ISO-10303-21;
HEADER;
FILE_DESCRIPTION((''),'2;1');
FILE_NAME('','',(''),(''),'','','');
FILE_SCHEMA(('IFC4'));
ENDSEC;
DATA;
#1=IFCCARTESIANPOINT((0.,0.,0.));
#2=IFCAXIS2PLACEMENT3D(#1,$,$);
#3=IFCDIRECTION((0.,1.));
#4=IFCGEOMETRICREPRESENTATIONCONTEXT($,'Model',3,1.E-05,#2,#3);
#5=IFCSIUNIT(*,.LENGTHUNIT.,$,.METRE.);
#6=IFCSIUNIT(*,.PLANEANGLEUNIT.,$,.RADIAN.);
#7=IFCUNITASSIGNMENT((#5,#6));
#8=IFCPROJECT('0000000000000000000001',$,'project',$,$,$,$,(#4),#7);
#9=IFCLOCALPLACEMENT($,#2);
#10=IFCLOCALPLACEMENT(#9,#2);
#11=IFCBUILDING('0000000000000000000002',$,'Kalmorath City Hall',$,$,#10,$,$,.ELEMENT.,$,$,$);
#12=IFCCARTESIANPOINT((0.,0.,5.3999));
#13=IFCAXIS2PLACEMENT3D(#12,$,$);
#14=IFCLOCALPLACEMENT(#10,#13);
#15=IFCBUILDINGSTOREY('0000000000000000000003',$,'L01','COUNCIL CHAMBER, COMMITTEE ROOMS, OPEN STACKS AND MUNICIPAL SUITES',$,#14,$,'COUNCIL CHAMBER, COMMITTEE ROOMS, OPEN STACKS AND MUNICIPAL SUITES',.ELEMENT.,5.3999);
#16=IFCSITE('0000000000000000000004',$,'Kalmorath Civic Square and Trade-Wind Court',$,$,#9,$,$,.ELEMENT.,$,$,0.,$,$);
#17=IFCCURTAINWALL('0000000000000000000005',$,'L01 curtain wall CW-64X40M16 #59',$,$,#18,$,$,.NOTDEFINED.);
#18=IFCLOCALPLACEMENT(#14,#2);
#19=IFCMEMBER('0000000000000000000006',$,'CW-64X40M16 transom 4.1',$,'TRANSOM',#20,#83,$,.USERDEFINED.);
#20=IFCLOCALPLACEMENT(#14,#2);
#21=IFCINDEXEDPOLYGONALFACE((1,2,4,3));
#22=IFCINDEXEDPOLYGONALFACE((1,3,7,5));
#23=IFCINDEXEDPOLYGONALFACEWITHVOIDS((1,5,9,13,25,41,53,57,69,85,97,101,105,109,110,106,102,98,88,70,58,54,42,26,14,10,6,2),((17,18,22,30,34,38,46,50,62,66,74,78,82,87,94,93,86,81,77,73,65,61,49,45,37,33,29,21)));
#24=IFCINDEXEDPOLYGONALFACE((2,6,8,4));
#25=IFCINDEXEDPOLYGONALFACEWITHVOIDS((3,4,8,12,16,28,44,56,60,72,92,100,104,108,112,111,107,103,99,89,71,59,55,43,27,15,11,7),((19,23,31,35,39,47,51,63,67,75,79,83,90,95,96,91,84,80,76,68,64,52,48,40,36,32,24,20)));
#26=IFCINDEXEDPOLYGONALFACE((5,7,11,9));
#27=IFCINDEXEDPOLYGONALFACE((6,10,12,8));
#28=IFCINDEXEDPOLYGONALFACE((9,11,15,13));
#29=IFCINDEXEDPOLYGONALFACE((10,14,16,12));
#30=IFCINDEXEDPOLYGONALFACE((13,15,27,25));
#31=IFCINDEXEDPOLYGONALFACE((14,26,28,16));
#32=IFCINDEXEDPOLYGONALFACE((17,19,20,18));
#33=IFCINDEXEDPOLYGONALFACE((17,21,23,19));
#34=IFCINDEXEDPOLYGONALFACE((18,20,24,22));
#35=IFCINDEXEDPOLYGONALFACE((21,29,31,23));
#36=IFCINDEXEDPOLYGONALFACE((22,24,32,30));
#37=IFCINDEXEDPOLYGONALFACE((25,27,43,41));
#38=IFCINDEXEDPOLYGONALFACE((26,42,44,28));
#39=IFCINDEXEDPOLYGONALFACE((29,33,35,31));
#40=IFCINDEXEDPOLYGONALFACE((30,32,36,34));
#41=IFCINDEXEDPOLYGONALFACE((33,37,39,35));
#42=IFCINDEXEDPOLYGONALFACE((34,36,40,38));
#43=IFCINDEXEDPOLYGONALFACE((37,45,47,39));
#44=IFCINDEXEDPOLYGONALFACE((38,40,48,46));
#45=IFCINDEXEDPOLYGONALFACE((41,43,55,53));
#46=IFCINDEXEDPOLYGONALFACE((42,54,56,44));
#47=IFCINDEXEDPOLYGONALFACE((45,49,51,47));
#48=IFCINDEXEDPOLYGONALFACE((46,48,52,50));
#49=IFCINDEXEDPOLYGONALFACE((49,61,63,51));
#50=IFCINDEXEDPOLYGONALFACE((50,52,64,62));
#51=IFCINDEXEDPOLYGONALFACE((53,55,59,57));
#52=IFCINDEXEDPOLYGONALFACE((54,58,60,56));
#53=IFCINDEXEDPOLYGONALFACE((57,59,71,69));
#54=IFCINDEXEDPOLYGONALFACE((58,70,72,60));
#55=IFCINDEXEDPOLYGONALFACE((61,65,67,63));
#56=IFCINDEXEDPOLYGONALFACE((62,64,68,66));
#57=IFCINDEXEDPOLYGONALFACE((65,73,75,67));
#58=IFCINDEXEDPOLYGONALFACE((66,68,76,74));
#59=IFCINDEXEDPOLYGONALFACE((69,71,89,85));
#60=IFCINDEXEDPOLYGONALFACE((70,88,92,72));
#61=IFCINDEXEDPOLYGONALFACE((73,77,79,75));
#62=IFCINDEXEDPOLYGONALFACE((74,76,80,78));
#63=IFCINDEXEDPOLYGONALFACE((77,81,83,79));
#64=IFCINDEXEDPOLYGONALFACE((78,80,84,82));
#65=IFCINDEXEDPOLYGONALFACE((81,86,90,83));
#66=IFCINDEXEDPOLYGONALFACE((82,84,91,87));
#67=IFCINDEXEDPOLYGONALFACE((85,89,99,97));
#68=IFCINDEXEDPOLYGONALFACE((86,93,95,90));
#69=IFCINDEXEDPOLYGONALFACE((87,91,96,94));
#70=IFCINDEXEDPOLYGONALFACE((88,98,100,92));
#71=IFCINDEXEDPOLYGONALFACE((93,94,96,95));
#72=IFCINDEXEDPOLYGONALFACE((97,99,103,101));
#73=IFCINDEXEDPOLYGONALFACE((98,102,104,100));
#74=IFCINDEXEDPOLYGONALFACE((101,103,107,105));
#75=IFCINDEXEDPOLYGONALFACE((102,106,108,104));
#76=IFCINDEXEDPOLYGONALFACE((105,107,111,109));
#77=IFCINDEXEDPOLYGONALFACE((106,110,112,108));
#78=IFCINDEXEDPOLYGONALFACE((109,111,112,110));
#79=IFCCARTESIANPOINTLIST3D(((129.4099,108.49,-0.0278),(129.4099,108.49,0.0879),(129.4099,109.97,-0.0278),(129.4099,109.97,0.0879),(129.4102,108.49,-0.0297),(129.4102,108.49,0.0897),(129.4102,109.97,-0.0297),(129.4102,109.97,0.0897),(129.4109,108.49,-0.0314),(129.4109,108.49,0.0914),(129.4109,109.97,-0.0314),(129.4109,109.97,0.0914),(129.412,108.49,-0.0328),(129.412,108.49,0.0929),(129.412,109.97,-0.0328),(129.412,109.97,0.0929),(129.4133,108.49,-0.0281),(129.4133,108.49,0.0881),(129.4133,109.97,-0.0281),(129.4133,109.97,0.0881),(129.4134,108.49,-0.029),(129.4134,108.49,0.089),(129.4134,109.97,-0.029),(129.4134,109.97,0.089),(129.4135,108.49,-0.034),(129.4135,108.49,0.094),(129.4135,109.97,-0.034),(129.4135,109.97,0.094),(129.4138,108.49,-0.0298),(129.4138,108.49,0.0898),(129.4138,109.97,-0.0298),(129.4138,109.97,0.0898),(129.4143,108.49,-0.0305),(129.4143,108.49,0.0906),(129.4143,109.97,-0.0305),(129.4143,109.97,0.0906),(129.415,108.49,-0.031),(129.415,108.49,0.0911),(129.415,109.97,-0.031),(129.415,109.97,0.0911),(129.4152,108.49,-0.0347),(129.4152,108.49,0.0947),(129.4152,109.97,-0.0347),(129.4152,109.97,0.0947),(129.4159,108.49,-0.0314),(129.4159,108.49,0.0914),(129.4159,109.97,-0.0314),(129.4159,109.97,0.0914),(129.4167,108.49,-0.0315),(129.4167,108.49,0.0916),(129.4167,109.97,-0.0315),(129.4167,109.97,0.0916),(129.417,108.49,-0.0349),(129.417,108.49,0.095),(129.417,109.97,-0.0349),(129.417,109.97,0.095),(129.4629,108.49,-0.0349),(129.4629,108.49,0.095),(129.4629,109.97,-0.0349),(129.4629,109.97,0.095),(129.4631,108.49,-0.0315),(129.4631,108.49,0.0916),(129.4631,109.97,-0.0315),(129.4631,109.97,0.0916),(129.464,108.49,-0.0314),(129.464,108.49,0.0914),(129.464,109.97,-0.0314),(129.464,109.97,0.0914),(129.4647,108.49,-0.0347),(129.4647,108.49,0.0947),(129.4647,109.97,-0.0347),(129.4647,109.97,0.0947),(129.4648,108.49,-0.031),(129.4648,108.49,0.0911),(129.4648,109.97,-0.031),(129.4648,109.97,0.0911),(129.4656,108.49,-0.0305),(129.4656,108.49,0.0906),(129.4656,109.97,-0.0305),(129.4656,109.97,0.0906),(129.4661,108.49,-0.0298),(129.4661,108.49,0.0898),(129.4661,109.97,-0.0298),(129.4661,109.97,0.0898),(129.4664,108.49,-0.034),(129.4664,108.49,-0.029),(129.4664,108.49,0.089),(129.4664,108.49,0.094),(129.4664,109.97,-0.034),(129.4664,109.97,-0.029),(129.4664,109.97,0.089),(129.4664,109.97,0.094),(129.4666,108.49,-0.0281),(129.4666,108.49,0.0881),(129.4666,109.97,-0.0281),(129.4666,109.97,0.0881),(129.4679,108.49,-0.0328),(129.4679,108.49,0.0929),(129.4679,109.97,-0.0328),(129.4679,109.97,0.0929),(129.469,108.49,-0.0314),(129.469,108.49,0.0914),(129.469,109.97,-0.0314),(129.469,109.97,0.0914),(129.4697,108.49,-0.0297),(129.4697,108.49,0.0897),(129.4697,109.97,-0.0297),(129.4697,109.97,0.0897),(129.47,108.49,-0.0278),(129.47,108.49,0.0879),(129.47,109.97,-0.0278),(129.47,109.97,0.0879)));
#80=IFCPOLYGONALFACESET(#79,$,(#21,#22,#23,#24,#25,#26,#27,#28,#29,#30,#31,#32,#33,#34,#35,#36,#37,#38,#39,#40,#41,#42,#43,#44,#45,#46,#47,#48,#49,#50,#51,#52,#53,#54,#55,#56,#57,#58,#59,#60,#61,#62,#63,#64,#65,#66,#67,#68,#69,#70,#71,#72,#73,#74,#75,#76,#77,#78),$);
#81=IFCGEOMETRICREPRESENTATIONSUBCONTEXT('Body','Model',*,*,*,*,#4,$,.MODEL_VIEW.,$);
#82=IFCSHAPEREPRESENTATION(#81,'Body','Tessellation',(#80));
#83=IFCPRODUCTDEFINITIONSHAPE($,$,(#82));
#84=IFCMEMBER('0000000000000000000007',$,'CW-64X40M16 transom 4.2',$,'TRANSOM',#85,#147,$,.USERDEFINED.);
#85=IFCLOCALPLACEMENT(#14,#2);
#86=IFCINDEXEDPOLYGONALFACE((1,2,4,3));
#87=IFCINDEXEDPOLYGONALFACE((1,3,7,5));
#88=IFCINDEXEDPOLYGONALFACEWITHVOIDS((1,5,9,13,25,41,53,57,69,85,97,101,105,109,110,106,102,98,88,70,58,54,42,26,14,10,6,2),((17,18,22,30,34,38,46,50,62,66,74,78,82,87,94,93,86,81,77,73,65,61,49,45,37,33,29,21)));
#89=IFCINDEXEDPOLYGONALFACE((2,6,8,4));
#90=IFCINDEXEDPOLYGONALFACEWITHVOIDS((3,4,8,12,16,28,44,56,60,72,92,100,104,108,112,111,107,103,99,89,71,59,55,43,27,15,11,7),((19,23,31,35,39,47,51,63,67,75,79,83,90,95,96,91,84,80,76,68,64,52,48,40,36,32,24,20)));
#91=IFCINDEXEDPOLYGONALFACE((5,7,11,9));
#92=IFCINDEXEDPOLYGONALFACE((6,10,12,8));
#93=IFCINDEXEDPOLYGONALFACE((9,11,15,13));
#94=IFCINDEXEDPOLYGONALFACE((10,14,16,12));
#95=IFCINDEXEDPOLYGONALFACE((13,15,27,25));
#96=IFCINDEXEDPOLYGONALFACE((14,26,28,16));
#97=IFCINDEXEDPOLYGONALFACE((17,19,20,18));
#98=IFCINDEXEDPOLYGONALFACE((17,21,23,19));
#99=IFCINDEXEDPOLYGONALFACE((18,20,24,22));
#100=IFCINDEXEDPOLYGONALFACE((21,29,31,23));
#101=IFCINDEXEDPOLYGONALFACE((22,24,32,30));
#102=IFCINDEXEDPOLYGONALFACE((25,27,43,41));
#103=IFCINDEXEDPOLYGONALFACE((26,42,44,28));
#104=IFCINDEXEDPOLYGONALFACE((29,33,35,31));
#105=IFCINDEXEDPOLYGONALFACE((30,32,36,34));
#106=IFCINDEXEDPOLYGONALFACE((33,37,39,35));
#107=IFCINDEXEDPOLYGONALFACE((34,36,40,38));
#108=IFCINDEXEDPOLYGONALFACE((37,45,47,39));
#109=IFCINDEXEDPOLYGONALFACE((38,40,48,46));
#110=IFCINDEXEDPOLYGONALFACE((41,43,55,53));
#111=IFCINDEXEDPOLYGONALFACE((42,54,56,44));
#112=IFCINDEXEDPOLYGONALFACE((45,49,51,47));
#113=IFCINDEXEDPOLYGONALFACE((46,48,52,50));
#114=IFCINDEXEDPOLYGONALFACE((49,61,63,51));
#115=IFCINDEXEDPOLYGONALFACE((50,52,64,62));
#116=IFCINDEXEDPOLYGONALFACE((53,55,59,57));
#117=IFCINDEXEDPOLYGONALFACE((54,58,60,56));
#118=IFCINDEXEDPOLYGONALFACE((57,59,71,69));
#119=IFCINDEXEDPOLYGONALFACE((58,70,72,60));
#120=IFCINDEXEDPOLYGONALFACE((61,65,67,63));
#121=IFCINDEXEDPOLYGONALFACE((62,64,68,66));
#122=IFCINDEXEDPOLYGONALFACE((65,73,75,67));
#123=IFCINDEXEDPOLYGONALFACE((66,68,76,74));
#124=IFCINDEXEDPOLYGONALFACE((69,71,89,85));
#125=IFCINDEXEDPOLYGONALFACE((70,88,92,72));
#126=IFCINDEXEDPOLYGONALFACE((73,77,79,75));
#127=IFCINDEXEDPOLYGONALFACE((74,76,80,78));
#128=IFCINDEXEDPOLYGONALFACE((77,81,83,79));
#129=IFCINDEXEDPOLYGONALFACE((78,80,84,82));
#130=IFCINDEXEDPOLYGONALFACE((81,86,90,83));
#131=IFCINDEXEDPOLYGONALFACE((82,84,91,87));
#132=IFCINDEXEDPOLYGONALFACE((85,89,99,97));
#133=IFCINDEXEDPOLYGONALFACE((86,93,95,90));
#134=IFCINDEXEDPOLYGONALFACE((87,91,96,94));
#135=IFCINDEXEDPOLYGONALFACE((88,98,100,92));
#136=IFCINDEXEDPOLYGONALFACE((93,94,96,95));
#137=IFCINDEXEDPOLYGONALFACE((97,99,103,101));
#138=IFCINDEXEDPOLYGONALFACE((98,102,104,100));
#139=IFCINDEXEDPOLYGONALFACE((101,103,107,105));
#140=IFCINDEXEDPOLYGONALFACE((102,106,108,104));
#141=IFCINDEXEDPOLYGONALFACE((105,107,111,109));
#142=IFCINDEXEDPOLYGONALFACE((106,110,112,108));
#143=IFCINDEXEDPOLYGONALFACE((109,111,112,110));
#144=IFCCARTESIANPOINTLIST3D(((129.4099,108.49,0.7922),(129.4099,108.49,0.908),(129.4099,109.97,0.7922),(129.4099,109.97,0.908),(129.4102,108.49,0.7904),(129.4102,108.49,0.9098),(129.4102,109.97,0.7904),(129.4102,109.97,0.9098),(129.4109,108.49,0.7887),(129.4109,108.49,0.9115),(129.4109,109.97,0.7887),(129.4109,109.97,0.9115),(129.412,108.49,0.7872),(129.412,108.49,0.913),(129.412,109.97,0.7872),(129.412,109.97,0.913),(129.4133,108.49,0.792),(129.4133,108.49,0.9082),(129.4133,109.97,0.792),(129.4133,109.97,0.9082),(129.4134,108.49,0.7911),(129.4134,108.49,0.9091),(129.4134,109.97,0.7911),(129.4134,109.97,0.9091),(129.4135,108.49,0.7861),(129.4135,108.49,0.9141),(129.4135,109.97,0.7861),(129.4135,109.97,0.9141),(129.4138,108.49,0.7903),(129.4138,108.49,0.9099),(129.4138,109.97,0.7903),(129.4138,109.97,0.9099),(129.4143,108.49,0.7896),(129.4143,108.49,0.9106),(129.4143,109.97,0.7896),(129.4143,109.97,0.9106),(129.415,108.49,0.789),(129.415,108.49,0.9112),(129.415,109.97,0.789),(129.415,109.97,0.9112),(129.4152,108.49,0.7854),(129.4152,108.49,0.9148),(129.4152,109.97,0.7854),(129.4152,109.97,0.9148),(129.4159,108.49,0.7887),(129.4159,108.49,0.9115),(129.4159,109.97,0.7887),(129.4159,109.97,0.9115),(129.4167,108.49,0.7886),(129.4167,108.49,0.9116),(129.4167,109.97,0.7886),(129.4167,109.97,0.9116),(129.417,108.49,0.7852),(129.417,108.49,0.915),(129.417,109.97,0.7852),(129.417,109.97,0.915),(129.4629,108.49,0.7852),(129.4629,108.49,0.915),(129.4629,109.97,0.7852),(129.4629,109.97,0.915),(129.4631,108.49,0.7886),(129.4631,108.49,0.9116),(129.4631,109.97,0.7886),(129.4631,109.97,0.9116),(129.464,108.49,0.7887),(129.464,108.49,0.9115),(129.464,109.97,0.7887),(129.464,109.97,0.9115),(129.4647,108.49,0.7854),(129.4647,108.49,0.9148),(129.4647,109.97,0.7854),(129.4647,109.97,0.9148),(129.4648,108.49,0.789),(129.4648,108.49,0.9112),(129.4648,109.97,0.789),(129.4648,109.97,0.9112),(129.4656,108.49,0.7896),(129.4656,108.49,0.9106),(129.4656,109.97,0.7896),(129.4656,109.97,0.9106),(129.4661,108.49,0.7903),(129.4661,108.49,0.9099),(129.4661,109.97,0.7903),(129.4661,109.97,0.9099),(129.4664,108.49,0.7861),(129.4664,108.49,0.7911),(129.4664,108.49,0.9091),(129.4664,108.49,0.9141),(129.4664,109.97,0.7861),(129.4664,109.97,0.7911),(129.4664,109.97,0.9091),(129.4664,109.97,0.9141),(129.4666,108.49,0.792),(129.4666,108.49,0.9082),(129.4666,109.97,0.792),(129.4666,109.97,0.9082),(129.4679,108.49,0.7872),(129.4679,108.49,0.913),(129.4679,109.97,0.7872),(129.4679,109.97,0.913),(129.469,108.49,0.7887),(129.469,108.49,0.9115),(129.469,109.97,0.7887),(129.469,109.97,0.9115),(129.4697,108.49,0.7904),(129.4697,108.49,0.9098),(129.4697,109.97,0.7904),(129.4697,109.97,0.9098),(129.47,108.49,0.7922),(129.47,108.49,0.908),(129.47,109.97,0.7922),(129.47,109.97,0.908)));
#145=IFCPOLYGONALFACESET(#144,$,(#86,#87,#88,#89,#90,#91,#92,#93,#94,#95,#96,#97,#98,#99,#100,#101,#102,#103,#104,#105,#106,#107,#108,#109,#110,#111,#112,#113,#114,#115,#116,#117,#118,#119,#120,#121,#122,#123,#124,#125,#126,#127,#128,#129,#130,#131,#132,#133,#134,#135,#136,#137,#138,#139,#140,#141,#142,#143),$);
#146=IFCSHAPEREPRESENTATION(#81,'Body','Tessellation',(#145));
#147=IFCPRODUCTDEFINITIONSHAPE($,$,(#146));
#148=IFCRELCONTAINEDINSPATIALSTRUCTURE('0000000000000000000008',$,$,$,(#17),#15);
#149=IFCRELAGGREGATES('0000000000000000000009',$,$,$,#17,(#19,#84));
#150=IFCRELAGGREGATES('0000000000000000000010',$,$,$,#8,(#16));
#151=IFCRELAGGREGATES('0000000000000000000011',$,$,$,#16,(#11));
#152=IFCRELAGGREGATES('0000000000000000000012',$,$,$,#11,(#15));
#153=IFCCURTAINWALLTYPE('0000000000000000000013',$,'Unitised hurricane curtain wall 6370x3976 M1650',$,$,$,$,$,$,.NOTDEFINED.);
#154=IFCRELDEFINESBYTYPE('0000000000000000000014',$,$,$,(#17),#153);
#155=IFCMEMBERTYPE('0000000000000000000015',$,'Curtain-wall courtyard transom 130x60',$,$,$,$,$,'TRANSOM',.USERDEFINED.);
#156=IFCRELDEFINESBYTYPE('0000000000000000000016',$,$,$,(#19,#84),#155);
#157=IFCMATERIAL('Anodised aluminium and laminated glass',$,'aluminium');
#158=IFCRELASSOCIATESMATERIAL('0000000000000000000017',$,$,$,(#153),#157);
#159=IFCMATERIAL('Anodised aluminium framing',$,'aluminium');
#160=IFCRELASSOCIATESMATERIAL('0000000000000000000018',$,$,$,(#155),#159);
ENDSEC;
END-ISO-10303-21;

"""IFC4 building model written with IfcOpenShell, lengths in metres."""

from ifc_helpers import new_model, si_unit, direction, frame, origin, origin_2d, place, context, subcontext, project, spatial, hollow_rectangle, extrude, material, material_profile, profile_set, type_object, element, aggregate, save


model = new_model("IFC4")

# Units and contexts
model_context = context("Model", 3, precision=1e-05, world=origin(), true_north=direction((0.0, 1.0)))
body_context = subcontext(model_context, "Body", "Model", "MODEL_VIEW")
ifc_project = project(units=[si_unit("LENGTHUNIT", "METRE"), si_unit("PLANEANGLEUNIT", "RADIAN")], contexts=[model_context])

# Site, building, storey
site_placement = place(None, origin())
site = spatial("IfcSite", under=ifc_project, at=site_placement, Name="Kalmorath Civic Square and Trade-Wind Court", CompositionType="ELEMENT", RefElevation=0.0)
building_placement = place(site_placement, origin())
building = spatial("IfcBuilding", under=site, at=building_placement, Name="Kalmorath City Hall", CompositionType="ELEMENT")
storey_placement = place(building_placement, frame((0.0, 0.0, 5.3999)))
storey = spatial("IfcBuildingStorey", under=building, at=storey_placement, Name="L01", Description="COUNCIL CHAMBER, COMMITTEE ROOMS, OPEN STACKS AND MUNICIPAL SUITES", LongName="COUNCIL CHAMBER, COMMITTEE ROOMS, OPEN STACKS AND MUNICIPAL SUITES", CompositionType="ELEMENT", Elevation=5.3999)

# Curtain wall, members
ifc_material_1 = material(Name="Anodised aluminium and laminated glass", Category="aluminium")
curtain_wall_type = type_object("IfcCurtainWallType", Name="Unitised hurricane curtain wall 6370x3976 M1650", PredefinedType="NOTDEFINED", material=ifc_material_1)
curtain_wall_placement = place(storey_placement, origin())
curtain_wall = element("IfcCurtainWall", 1, at=curtain_wall_placement, inside=storey, type_object=curtain_wall_type, Name="L01 curtain wall CW-64X40M16 #59", PredefinedType="NOTDEFINED")
ifc_material_2 = material(Name="Anodised aluminium framing", Category="aluminium")
ifc_material_profile_1 = material_profile(ifc_material_2, hollow_rectangle(XDim=0.0601, YDim=0.1299, WallThickness=0.0034, InnerFilletRadius=0.0034, OuterFilletRadius=0.0071, at=origin_2d()), Name="ALU-TRN-130X60X3.5")
ifc_profile_set_1 = profile_set([ifc_material_profile_1], Name="Anodised aluminium framing")
member_type_1 = type_object("IfcMemberType", Name="Curtain-wall courtyard transom 130x60", ElementType="TRANSOM", PredefinedType="USERDEFINED", material=ifc_profile_set_1)
member_1_placement = place(storey_placement, frame((129.4399, 109.97, 0.03), z_axis=(0.0, -1.0, 0.0), x_axis=(1.0, 0.0, 0.0)))
member_1 = element("IfcMember", 2, at=member_1_placement, type_object=member_type_1, Name="CW-64X40M16 transom 4.1", ObjectType="TRANSOM", PredefinedType="USERDEFINED", context=body_context, shape_type="SweptSolid", body=[
    extrude(hollow_rectangle(XDim=0.0601, YDim=0.1299, WallThickness=0.0034, InnerFilletRadius=0.0034, OuterFilletRadius=0.0071, at=origin_2d()), origin(), (0.0, 0.0, 1.0), 1.48),
])
member_2_placement = place(storey_placement, frame((129.4399, 109.97, 0.8501), z_axis=(0.0, -1.0, 0.0), x_axis=(1.0, 0.0, 0.0)))
member_2 = element("IfcMember", 3, at=member_2_placement, type_object=member_type_1, Name="CW-64X40M16 transom 4.2", ObjectType="TRANSOM", PredefinedType="USERDEFINED", context=body_context, shape_type="SweptSolid", body=[
    extrude(hollow_rectangle(XDim=0.0601, YDim=0.1299, WallThickness=0.0034, InnerFilletRadius=0.0034, OuterFilletRadius=0.0071, at=origin_2d()), origin(), (0.0, 0.0, 1.0), 1.48),
])

aggregate(curtain_wall, [member_1, member_2])

save(model, "model.ifc")
